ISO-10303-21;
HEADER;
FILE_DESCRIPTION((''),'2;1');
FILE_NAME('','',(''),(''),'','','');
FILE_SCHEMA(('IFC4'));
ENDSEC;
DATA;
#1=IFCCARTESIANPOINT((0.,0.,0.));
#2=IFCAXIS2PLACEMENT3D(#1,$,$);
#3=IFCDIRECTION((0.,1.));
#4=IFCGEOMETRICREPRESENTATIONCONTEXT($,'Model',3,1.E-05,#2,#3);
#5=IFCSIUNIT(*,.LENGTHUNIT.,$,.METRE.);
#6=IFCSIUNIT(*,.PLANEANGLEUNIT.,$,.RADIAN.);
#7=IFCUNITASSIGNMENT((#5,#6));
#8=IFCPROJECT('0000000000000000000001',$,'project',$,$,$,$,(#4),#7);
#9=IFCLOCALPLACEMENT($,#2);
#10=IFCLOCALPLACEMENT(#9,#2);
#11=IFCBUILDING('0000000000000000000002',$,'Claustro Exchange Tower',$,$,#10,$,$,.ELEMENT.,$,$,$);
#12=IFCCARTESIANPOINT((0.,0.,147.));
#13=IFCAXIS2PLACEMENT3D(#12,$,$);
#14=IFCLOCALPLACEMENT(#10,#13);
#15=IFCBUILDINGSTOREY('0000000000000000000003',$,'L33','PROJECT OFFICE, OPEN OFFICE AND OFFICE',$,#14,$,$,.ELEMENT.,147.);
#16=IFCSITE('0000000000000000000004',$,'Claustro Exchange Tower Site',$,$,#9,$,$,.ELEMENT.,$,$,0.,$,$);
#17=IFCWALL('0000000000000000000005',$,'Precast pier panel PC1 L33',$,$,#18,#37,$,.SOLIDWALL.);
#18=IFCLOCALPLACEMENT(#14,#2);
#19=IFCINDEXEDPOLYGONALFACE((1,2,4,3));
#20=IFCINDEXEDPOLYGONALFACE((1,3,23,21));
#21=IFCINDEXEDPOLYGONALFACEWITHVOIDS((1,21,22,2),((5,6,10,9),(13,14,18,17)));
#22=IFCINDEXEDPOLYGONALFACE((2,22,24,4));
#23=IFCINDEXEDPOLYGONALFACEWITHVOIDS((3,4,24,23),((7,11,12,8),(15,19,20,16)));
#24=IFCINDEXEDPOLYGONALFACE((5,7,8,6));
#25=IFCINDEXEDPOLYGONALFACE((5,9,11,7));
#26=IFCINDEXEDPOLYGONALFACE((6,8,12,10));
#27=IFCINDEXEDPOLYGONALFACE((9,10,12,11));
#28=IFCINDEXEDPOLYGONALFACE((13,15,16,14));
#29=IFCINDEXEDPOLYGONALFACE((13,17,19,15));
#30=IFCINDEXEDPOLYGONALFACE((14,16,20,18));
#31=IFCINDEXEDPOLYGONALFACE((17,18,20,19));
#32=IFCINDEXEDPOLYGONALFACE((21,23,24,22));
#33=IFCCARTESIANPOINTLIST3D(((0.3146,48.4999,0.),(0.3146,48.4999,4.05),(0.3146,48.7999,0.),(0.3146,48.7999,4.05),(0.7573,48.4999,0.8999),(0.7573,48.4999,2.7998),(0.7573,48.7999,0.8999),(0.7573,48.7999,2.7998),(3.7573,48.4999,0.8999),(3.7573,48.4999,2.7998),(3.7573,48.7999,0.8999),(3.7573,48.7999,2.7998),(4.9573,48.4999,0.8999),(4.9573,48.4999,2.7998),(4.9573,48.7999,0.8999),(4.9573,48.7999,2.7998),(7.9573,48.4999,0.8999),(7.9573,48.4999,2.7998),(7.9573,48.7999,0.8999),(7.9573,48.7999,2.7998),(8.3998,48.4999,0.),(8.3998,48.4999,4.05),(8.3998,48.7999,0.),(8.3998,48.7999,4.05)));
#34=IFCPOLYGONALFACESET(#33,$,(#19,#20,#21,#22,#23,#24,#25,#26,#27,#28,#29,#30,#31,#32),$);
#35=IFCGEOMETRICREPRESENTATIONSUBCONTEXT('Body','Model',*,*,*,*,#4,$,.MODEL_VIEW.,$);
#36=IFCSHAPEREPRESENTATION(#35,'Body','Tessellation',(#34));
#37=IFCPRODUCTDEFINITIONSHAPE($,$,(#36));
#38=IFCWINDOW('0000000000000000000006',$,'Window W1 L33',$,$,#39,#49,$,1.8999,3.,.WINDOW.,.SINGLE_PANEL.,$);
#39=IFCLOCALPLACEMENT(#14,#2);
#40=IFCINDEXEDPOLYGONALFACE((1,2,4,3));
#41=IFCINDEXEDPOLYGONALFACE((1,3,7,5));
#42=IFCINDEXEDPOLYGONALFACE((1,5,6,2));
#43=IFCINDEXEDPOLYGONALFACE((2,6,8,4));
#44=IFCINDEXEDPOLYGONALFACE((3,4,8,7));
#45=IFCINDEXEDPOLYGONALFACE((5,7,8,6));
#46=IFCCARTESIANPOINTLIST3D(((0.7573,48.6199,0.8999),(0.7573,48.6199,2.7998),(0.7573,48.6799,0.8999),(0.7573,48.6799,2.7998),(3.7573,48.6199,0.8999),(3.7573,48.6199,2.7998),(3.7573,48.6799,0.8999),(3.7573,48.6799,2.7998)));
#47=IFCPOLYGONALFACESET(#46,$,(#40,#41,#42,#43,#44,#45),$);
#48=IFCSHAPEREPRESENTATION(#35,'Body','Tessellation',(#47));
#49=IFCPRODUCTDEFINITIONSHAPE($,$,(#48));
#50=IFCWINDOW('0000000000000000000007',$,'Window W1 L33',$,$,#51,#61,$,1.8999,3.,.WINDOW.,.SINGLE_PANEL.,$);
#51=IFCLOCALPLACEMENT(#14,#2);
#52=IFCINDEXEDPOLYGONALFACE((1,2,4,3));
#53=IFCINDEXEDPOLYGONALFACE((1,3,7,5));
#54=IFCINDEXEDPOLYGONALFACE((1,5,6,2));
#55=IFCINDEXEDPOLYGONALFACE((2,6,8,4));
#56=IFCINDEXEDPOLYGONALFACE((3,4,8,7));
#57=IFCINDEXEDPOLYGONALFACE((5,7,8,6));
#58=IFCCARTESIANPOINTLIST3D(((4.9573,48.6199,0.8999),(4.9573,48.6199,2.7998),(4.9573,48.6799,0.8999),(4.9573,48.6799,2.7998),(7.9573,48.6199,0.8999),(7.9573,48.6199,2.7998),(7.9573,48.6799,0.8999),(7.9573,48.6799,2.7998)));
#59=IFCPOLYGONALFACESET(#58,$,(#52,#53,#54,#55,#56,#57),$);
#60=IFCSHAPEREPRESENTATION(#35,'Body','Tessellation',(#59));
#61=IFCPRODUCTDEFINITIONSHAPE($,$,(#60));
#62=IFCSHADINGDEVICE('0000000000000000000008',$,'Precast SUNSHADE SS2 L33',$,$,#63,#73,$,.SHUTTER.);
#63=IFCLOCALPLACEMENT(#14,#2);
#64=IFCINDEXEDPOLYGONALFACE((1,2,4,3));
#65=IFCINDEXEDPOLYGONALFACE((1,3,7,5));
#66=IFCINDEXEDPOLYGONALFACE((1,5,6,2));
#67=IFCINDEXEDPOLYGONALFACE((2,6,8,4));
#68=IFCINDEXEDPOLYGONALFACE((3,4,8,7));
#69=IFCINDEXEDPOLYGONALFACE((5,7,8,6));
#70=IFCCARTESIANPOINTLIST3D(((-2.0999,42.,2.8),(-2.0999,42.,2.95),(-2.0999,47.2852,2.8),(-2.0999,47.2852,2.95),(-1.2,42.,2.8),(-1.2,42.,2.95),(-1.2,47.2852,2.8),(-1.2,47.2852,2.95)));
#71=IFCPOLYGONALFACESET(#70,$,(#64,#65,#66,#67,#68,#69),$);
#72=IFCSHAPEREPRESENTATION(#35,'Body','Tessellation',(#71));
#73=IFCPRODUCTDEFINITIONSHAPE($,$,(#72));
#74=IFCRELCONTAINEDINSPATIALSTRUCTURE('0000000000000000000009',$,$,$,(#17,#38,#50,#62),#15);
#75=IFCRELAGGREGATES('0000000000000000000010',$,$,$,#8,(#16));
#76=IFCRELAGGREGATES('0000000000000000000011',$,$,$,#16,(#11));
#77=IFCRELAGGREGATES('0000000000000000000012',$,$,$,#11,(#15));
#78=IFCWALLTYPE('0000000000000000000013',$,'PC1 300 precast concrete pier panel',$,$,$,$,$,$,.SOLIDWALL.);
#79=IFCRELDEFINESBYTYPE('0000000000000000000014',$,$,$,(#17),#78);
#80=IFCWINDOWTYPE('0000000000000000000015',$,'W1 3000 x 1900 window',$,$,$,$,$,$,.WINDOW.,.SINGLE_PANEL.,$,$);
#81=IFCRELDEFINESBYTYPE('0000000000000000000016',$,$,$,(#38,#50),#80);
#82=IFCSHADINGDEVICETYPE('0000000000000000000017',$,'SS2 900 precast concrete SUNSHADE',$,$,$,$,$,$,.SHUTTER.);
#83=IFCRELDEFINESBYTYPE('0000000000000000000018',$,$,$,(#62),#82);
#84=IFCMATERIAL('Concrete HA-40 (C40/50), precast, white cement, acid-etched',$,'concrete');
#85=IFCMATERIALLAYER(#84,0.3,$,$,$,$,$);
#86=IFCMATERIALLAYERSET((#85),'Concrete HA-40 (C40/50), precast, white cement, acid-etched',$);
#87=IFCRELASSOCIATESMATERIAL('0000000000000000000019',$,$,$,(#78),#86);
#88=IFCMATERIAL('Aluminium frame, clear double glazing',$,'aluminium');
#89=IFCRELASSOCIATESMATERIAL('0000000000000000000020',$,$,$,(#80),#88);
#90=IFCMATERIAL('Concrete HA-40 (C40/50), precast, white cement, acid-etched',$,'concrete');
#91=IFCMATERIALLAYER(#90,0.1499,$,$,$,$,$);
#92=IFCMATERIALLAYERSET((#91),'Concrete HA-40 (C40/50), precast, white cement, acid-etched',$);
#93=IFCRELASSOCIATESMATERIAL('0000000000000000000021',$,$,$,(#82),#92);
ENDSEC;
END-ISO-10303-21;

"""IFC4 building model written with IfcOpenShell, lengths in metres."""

from ifc_helpers import new_model, si_unit, direction, frame, frame_2d, origin, origin_2d, place, context, subcontext, project, spatial, rectangle, extrude, material, layer, layer_set, type_object, element, fill, save


model = new_model("IFC4")

# Units and contexts
model_context = context("Model", 3, precision=1e-05, world=origin(), true_north=direction((0.0, 1.0)))
body_context = subcontext(model_context, "Body", "Model", "MODEL_VIEW")
ifc_project = project(units=[si_unit("LENGTHUNIT", "METRE"), si_unit("PLANEANGLEUNIT", "RADIAN")], contexts=[model_context])

# Site, building, storey
site_placement = place(None, origin())
site = spatial("IfcSite", under=ifc_project, at=site_placement, Name="Claustro Exchange Tower Site", CompositionType="ELEMENT", RefElevation=0.0)
building_placement = place(site_placement, origin())
building = spatial("IfcBuilding", under=site, at=building_placement, Name="Claustro Exchange Tower", CompositionType="ELEMENT")
storey_placement = place(building_placement, frame((0.0, 0.0, 147.0)))
storey = spatial("IfcBuildingStorey", under=building, at=storey_placement, Name="L33", Description="PROJECT OFFICE, OPEN OFFICE AND OFFICE", CompositionType="ELEMENT", Elevation=147.0)

# Shared definitions
ifc_material_1 = material(Name="Concrete HA-40 (C40/50), precast, white cement, acid-etched", Category="concrete")
ifc_layer_1 = layer(ifc_material_1, 0.3)
ifc_layer_set_1 = layer_set([ifc_layer_1], Name="Concrete HA-40 (C40/50), precast, white cement, acid-etched")
wall_type_1 = type_object("IfcWallType", Name="PC1 300 precast concrete pier panel", PredefinedType="SOLIDWALL", material=ifc_layer_set_1)

# Wall, openings, windows
wall_1_placement = place(storey_placement, frame((0.3147, 48.6499, 0.0), z_axis=(0.0, 0.0, 1.0), x_axis=(1.0, 0.0, 0.0)))
wall_1 = element("IfcWall", 1, at=wall_1_placement, inside=storey, type_object=wall_type_1, Name="Precast pier panel PC1 L33", PredefinedType="SOLIDWALL", context=body_context, shape_type="SweptSolid", body=[
    extrude(rectangle(XDim=8.0852, YDim=0.3, at=frame_2d((4.0425, 0.0))), origin(), (0.0, 0.0, 1.0), 4.05),
])
opening_1_placement = place(wall_1_placement, frame((0.4426, 0.0, 0.8999)))
opening_1 = element("IfcOpeningElement", 2, at=opening_1_placement, cuts=wall_1, PredefinedType="OPENING", context=body_context, shape_type="SweptSolid", body=[
    extrude(rectangle(XDim=3.0, YDim=1.8999, at=frame_2d((1.5, 0.95))), frame((0.0, 0.1599, 0.0), z_axis=(0.0, -1.0, 0.0), x_axis=(1.0, 0.0, 0.0)), (0.0, 0.0, 1.0), 0.3201),
])
opening_2_placement = place(wall_1_placement, frame((4.6426, 0.0, 0.8999)))
opening_2 = element("IfcOpeningElement", 3, at=opening_2_placement, cuts=wall_1, PredefinedType="OPENING", context=body_context, shape_type="SweptSolid", body=[
    extrude(rectangle(XDim=3.0, YDim=1.8999, at=frame_2d((1.5, 0.95))), frame((0.0, 0.1599, 0.0), z_axis=(0.0, -1.0, 0.0), x_axis=(1.0, 0.0, 0.0)), (0.0, 0.0, 1.0), 0.3201),
])
ifc_material_2 = material(Name="Aluminium frame, clear double glazing", Category="aluminium")
window_type = type_object("IfcWindowType", Name="W1 3000 x 1900 window", PartitioningType="SINGLE_PANEL", PredefinedType="WINDOW", material=ifc_material_2)
window_1_placement = place(opening_1_placement, origin())
window_1 = element("IfcWindow", 4, at=window_1_placement, inside=storey, type_object=window_type, Name="Window W1 L33", OverallHeight=1.8999, OverallWidth=3.0, PartitioningType="SINGLE_PANEL", PredefinedType="WINDOW", context=body_context, shape_type="SweptSolid", body=[
    extrude(rectangle(XDim=3.0, YDim=1.8999, at=frame_2d((1.5, 0.95))), frame((0.0, 0.03, 0.0), z_axis=(0.0, -1.0, 0.0), x_axis=(1.0, 0.0, 0.0)), (0.0, 0.0, 1.0), 0.0601),
])
fill(opening_1, window_1)
window_2_placement = place(opening_2_placement, origin())
window_2 = element("IfcWindow", 5, at=window_2_placement, inside=storey, type_object=window_type, Name="Window W1 L33", OverallHeight=1.8999, OverallWidth=3.0, PartitioningType="SINGLE_PANEL", PredefinedType="WINDOW", context=body_context, shape_type="SweptSolid", body=[
    extrude(rectangle(XDim=3.0, YDim=1.8999, at=frame_2d((1.5, 0.95))), frame((0.0, 0.03, 0.0), z_axis=(0.0, -1.0, 0.0), x_axis=(1.0, 0.0, 0.0)), (0.0, 0.0, 1.0), 0.0601),
])
fill(opening_2, window_2)

# Shading device
ifc_material_3 = material(Name="Concrete HA-40 (C40/50), precast, white cement, acid-etched", Category="concrete")
ifc_layer_2 = layer(ifc_material_3, 0.1499)
ifc_layer_set_2 = layer_set([ifc_layer_2], Name="Concrete HA-40 (C40/50), precast, white cement, acid-etched")
shading_device_type = type_object("IfcShadingDeviceType", Name="SS2 900 precast concrete SUNSHADE", PredefinedType="SHUTTER", material=ifc_layer_set_2)
shading_device_placement = place(storey_placement, frame((-1.6499, 44.6426, 2.8), z_axis=(0.0, 0.0, 1.0), x_axis=(0.0, 1.0, 0.0)))
element("IfcShadingDevice", 6, at=shading_device_placement, inside=storey, type_object=shading_device_type, Name="Precast SUNSHADE SS2 L33", PredefinedType="SHUTTER", context=body_context, shape_type="SweptSolid", body=[
    extrude(rectangle(XDim=5.2852, YDim=0.8999, at=origin_2d()), origin(), (0.0, 0.0, 1.0), 0.1499),
])

save(model, "model.ifc")
